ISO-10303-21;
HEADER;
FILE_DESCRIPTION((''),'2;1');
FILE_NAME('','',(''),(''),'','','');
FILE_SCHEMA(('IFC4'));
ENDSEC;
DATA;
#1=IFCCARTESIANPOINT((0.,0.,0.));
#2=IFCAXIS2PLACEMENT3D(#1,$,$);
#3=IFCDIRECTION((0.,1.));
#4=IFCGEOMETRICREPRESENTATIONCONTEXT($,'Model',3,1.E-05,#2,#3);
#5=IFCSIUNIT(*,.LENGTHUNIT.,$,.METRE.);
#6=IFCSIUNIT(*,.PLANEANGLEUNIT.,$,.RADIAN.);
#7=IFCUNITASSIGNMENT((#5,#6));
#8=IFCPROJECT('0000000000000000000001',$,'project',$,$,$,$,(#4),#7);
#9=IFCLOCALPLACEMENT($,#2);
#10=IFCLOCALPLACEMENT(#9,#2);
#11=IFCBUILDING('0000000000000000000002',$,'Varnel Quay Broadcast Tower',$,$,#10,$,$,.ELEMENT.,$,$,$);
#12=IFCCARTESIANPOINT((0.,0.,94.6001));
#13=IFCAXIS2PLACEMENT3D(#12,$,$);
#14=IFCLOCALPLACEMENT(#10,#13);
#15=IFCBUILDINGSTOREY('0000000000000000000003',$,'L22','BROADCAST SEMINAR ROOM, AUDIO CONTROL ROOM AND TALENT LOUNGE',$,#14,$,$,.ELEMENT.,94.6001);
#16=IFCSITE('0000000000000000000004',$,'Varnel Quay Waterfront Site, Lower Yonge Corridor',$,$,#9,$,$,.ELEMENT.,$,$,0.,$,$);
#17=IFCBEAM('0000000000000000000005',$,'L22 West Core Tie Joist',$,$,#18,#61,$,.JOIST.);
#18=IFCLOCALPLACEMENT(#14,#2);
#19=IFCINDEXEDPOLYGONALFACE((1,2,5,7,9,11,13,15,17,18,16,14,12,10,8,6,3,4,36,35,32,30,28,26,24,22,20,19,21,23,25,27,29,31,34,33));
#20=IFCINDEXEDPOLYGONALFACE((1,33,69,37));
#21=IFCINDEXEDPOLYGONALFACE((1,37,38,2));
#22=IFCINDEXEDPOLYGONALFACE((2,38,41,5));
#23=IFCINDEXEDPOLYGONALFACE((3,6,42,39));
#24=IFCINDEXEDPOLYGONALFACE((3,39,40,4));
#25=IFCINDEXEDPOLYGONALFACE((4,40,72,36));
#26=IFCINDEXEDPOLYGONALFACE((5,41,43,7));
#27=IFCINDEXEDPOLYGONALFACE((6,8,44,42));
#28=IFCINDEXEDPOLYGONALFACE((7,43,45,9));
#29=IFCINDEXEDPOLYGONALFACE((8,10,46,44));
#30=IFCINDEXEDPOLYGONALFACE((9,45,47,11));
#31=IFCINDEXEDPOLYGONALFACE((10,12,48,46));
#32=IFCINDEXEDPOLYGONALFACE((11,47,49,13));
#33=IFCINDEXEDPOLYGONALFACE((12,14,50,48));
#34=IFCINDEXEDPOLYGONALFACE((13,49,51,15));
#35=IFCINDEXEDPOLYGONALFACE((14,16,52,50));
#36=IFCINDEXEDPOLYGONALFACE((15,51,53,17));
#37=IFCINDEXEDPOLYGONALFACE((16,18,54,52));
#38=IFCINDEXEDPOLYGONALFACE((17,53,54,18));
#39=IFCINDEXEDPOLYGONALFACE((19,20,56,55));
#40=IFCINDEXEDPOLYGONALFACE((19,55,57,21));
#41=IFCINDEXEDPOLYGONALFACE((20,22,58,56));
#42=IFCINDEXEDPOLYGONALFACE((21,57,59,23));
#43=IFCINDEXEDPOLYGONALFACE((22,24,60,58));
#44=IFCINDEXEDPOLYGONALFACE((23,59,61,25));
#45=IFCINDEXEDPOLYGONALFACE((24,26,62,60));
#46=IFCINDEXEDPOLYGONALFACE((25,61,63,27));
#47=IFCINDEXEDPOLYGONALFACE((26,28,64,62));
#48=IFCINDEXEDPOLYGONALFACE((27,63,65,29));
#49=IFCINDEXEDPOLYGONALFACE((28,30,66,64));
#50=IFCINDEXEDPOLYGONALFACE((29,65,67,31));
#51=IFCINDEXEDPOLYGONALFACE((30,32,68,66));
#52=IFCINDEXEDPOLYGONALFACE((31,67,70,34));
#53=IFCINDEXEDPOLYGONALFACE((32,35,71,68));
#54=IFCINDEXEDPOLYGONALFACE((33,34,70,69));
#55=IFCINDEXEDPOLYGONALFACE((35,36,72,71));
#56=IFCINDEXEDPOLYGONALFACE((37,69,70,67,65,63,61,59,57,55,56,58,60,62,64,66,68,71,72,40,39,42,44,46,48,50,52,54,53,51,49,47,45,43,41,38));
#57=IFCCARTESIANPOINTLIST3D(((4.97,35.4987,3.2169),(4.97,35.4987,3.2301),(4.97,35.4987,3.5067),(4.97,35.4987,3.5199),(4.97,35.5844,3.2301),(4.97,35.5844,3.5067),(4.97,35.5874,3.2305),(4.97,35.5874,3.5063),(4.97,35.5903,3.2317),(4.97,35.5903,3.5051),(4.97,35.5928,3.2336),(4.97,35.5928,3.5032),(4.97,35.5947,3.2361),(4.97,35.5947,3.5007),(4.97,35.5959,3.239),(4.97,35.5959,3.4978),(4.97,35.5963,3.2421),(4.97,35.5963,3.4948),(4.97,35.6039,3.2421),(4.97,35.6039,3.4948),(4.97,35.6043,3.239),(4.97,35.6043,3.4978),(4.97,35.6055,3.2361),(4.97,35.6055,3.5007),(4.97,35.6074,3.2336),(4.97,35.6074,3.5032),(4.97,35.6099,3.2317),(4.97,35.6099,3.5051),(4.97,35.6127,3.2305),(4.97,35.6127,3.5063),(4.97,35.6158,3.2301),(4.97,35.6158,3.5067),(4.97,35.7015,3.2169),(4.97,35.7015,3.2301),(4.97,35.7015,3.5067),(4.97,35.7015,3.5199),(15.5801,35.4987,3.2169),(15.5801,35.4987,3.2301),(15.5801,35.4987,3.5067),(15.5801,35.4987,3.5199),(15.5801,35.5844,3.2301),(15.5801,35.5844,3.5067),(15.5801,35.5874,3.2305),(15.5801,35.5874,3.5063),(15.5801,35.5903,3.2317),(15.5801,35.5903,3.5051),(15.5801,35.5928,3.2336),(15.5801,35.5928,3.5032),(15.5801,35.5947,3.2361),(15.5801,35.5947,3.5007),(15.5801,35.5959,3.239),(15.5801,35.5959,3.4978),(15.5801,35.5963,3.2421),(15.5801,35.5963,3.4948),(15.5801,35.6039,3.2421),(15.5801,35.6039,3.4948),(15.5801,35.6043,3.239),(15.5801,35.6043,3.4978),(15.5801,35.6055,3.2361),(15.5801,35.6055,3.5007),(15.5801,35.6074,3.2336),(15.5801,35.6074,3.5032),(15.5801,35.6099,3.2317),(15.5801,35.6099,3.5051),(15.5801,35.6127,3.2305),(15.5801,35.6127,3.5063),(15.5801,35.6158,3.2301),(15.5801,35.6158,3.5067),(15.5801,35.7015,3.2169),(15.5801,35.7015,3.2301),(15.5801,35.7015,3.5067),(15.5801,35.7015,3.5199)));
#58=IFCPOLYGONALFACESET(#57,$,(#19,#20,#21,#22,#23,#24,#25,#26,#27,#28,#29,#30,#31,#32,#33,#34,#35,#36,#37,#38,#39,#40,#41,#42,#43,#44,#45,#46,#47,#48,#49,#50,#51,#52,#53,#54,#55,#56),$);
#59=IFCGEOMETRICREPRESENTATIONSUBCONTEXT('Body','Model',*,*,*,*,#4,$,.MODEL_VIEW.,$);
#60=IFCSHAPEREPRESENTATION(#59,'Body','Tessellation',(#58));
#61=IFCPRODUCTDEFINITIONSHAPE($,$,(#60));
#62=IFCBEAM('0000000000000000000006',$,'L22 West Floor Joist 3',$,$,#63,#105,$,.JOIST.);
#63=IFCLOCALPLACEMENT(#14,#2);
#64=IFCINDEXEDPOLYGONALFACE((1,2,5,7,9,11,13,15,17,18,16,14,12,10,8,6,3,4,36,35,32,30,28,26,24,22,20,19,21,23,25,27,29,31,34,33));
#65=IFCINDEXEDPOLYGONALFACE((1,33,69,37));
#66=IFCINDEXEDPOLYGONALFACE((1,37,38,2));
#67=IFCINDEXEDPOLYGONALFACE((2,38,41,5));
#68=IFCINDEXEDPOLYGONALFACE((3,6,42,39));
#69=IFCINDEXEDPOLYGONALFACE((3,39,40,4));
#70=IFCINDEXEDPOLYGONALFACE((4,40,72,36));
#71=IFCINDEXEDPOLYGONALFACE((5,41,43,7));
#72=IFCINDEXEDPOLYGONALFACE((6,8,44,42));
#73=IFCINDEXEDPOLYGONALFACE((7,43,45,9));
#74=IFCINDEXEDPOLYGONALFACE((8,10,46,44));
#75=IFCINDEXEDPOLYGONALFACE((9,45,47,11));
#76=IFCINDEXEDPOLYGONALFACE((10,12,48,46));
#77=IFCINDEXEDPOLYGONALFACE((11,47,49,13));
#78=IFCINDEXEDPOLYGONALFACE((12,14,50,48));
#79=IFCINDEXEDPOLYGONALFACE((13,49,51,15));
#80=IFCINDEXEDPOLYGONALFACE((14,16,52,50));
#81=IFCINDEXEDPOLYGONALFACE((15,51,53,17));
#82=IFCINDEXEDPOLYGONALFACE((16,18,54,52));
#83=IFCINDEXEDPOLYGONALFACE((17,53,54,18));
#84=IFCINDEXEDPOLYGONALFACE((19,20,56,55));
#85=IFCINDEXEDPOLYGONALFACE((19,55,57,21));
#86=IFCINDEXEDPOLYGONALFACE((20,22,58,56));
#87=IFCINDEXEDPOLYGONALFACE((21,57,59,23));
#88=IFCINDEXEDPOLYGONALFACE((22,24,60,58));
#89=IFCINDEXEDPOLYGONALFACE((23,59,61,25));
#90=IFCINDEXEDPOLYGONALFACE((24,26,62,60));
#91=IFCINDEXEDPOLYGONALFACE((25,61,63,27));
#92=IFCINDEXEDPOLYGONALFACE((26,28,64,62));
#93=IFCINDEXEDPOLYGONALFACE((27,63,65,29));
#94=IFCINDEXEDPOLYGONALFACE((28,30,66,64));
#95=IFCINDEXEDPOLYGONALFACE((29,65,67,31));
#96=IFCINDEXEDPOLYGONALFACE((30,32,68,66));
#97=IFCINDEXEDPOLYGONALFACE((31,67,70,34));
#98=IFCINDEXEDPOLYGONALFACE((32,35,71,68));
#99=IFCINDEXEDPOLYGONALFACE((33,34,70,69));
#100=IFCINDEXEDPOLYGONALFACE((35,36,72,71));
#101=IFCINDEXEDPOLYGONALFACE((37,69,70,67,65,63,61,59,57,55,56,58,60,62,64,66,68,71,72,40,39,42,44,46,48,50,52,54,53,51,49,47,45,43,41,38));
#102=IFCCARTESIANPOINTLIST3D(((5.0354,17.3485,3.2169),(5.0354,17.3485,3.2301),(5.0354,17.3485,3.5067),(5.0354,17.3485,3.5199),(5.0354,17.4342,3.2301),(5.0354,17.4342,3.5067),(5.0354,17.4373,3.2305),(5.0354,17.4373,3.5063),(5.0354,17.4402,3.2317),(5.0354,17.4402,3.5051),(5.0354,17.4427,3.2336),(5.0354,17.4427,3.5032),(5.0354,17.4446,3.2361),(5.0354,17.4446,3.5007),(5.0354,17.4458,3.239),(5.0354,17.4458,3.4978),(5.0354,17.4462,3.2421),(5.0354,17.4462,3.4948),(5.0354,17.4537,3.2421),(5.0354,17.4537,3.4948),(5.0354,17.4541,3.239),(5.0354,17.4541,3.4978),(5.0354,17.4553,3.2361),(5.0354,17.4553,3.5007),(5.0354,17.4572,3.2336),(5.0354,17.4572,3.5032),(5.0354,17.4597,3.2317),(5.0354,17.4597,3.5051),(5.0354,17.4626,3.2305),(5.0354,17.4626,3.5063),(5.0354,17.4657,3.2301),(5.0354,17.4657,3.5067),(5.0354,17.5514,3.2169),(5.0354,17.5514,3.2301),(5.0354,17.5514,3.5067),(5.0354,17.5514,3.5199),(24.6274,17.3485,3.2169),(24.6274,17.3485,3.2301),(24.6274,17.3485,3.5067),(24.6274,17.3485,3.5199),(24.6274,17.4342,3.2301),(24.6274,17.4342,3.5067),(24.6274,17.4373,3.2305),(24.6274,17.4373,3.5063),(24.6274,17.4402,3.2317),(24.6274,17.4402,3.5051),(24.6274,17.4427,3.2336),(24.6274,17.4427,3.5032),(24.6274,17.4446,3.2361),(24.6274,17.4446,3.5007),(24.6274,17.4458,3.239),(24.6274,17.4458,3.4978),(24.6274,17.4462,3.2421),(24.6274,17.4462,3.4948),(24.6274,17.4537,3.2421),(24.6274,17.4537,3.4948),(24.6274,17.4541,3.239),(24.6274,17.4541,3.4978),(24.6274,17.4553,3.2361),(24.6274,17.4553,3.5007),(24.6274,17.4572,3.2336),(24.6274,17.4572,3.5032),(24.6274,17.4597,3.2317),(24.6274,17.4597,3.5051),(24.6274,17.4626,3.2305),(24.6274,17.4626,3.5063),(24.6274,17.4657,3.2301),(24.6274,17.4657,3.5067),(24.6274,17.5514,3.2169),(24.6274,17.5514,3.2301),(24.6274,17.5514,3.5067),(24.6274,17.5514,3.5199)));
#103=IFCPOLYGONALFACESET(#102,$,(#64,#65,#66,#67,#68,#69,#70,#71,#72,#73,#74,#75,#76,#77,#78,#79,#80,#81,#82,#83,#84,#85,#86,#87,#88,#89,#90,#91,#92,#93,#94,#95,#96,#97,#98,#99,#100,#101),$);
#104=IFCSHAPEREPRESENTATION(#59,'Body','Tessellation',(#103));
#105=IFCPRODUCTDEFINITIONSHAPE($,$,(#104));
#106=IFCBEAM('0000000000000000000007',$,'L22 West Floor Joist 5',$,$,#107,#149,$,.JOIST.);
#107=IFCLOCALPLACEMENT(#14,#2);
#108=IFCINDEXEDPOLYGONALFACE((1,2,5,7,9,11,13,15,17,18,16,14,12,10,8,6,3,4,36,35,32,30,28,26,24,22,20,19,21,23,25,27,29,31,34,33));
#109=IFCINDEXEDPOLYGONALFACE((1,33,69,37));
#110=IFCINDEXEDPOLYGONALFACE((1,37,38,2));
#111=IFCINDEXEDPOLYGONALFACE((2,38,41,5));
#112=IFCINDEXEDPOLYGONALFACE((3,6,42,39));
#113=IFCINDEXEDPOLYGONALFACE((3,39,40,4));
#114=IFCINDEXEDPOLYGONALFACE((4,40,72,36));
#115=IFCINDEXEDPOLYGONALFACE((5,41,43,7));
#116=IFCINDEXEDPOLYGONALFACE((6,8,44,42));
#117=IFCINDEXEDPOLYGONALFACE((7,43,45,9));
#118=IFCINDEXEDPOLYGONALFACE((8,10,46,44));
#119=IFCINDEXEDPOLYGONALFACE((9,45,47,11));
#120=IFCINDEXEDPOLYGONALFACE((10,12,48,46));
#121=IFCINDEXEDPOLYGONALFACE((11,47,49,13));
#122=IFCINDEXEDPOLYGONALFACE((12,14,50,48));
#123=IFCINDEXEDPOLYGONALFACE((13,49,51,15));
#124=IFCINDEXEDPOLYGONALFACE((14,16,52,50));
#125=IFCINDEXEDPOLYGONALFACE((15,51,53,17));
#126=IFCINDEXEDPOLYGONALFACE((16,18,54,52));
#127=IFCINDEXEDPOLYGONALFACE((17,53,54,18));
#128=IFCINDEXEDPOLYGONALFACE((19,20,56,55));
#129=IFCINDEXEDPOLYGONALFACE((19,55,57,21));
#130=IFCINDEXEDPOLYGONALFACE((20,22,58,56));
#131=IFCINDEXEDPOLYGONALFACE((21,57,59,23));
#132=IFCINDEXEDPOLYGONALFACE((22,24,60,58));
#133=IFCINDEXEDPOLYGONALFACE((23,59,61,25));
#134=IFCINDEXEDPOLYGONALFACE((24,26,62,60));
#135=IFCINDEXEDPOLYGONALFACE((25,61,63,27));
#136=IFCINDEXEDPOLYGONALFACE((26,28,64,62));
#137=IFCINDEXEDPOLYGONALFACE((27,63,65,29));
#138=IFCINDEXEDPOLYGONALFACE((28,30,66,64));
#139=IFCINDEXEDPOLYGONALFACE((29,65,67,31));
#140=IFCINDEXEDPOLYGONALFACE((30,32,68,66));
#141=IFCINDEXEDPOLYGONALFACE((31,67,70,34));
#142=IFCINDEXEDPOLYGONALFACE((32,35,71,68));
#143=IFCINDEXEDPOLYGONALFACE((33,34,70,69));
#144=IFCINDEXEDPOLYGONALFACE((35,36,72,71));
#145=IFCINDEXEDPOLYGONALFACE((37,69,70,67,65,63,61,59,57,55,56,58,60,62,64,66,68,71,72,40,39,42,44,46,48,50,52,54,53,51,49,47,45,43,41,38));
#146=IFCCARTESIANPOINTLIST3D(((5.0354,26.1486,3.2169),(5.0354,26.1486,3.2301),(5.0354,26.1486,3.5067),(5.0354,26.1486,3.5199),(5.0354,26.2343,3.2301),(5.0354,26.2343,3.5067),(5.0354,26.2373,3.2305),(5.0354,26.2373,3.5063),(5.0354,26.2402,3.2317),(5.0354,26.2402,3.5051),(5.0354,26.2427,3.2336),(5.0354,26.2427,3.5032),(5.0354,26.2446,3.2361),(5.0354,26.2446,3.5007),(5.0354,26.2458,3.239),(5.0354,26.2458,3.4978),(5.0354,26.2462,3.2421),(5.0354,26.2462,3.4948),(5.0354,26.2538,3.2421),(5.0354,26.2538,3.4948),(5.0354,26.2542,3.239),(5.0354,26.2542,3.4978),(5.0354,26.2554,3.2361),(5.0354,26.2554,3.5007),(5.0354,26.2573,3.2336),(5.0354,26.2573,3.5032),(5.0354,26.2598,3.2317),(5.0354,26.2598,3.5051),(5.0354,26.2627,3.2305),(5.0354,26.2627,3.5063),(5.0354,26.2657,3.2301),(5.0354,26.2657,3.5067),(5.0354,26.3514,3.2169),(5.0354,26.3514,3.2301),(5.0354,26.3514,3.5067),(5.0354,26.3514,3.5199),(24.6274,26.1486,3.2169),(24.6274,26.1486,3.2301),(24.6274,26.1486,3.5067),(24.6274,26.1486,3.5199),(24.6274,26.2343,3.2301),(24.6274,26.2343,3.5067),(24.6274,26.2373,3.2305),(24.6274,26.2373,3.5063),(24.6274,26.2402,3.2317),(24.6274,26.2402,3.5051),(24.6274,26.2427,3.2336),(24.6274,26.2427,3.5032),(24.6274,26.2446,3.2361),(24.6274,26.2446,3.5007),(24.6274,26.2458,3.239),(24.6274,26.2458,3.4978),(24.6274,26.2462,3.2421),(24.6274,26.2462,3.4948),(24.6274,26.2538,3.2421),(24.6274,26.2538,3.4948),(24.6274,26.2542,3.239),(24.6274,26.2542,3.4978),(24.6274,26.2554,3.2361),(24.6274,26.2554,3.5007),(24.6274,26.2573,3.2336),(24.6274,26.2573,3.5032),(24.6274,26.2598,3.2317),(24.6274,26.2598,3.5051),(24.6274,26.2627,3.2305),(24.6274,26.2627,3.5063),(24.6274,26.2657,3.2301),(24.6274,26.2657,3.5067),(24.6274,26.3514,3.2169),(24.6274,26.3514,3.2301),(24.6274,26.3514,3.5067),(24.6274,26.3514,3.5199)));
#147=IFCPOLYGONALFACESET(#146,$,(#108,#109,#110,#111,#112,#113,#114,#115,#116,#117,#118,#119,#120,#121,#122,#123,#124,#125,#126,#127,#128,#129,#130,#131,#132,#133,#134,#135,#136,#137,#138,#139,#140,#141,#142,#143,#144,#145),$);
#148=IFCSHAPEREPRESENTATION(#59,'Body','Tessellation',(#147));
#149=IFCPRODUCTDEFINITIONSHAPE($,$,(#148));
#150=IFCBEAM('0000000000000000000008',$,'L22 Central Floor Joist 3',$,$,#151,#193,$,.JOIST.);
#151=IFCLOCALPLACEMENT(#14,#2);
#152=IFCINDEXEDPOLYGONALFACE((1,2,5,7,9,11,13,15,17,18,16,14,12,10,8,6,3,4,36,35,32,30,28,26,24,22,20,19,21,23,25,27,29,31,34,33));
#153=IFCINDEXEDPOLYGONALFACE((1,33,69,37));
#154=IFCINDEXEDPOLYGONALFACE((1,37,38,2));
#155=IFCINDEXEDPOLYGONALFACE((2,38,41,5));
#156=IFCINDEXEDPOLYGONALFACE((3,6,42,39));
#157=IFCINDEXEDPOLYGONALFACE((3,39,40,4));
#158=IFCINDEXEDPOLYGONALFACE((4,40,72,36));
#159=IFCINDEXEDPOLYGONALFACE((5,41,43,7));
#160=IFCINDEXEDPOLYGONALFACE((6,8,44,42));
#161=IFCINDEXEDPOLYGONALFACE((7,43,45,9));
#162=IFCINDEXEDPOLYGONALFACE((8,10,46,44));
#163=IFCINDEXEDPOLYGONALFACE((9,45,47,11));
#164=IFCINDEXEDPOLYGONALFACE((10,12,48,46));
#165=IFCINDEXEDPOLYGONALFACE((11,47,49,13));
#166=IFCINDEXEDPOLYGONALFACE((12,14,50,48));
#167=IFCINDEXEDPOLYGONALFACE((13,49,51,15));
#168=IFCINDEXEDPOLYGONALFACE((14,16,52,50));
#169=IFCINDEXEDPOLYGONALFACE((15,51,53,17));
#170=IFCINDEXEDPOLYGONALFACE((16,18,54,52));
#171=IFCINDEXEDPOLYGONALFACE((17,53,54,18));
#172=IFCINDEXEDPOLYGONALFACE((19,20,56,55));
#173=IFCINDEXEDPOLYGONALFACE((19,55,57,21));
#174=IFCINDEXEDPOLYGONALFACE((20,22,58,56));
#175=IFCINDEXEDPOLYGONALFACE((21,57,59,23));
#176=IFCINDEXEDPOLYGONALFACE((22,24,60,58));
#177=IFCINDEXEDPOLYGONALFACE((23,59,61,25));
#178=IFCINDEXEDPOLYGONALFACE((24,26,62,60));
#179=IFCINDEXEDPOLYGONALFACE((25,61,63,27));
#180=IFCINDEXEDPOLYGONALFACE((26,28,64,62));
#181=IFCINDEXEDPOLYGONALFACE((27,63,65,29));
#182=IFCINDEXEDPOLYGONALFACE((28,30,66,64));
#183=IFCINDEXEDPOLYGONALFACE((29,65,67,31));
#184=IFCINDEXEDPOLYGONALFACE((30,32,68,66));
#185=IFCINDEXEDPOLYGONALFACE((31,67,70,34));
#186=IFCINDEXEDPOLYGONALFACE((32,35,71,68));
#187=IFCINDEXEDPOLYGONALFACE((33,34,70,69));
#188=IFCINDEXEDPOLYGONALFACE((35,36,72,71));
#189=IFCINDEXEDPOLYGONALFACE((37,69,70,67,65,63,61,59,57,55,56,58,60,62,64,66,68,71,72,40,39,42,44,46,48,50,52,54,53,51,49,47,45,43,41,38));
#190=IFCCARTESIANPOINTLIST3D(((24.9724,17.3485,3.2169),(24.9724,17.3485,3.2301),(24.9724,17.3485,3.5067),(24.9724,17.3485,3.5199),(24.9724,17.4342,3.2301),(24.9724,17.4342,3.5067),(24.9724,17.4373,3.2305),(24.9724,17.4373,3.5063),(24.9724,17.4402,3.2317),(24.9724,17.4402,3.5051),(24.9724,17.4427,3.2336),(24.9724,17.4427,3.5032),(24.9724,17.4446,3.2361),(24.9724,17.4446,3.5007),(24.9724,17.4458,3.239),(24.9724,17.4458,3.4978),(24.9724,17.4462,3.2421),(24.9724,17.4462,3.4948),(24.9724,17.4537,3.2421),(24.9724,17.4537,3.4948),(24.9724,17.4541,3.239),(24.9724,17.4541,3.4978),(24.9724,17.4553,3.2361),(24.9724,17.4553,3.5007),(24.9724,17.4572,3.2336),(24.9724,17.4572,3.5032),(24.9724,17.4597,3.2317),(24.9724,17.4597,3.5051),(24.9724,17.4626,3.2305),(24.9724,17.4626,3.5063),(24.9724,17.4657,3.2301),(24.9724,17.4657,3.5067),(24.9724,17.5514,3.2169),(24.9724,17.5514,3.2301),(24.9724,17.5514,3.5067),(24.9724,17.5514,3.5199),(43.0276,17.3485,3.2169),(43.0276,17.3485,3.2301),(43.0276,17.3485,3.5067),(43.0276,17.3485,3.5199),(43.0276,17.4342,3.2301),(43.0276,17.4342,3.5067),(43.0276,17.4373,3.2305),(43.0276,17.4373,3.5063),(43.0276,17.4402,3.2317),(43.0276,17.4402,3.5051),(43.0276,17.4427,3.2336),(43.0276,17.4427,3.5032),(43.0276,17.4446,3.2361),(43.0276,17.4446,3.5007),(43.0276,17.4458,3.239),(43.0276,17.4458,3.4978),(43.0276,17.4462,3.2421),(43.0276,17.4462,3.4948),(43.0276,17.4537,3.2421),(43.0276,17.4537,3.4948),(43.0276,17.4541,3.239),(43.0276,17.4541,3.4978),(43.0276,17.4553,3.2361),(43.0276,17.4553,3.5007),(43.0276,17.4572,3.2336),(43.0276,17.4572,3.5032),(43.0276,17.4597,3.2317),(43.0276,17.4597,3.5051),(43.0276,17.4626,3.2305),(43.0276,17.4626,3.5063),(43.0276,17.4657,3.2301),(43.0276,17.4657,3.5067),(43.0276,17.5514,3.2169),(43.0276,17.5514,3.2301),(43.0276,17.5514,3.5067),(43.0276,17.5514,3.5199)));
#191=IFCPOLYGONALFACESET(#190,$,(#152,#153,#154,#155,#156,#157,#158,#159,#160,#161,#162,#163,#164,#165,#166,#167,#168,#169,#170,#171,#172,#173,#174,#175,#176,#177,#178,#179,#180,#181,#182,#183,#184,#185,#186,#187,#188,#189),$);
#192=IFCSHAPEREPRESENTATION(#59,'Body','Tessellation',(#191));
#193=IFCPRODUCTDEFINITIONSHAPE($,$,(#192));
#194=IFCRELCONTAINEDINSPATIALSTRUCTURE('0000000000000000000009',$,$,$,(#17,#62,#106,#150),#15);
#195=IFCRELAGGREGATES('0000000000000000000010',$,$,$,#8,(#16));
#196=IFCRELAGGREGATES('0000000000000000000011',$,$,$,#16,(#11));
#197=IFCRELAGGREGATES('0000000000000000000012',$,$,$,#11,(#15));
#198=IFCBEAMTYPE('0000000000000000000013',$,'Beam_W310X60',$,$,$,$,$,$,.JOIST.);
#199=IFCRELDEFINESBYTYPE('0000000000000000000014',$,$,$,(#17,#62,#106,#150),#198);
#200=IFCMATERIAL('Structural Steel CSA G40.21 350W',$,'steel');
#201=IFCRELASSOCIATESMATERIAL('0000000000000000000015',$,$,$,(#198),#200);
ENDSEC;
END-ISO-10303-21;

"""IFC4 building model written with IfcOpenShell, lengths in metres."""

from ifc_helpers import new_model, si_unit, direction, frame, origin, origin_2d, place, context, subcontext, project, spatial, i_section, extrude, source, transform, mapped, material, material_profile, profile_set, type_object, type_shapes, element, save


model = new_model("IFC4")

# Units and contexts
model_context = context("Model", 3, precision=1e-05, world=origin(), true_north=direction((0.0, 1.0)))
body_context = subcontext(model_context, "Body", "Model", "MODEL_VIEW")
ifc_project = project(units=[si_unit("LENGTHUNIT", "METRE"), si_unit("PLANEANGLEUNIT", "RADIAN")], contexts=[model_context])

# Site, building, storey
site_placement = place(None, origin())
site = spatial("IfcSite", under=ifc_project, at=site_placement, Name="Varnel Quay Waterfront Site, Lower Yonge Corridor", CompositionType="ELEMENT", RefElevation=0.0)
building_placement = place(site_placement, origin())
building = spatial("IfcBuilding", under=site, at=building_placement, Name="Varnel Quay Broadcast Tower", CompositionType="ELEMENT")
storey_placement = place(building_placement, frame((0.0, 0.0, 94.6001)))
storey = spatial("IfcBuildingStorey", under=building, at=storey_placement, Name="L22", Description="BROADCAST SEMINAR ROOM, AUDIO CONTROL ROOM AND TALENT LOUNGE", CompositionType="ELEMENT", Elevation=94.6001)

# Shared definitions
ifc_material_1 = material(Name="Structural Steel CSA G40.21 350W", Category="steel")

# Beams
ifc_material_profile_1 = material_profile(ifc_material_1, i_section(OverallWidth=0.2029, OverallDepth=0.303, WebThickness=0.0076, FlangeThickness=0.0132, FilletRadius=0.012, at=origin_2d()), Name="W310X60")
ifc_profile_set_1 = profile_set([ifc_material_profile_1], Name="Structural Steel CSA G40.21 350W")
beam_type_1 = type_object("IfcBeamType", Name="Beam_W310X60", PredefinedType="JOIST", material=ifc_profile_set_1)
shared_shape_1 = source(origin(), body_context, "Body", "SweptSolid", [
    extrude(i_section(OverallWidth=0.2029, OverallDepth=0.303, WebThickness=0.0076, FlangeThickness=0.0132, FilletRadius=0.012, at=origin_2d()), origin(), (0.0, 0.0, 1.0), 10.6101),
])
beam_1_placement = place(storey_placement, frame((4.97, 35.6001, 3.3684), z_axis=(1.0, 0.0, 0.0), x_axis=(0.0, 1.0, 0.0)))
element("IfcBeam", 1, at=beam_1_placement, inside=storey, type_object=beam_type_1, Name="L22 West Core Tie Joist", PredefinedType="JOIST", context=body_context, shape_type="MappedRepresentation", body=[
    mapped(shared_shape_1, transform((0.0, 0.0, 0.0), x_axis=(1.0, 0.0, 0.0), y_axis=(0.0, 1.0, 0.0), z_axis=(0.0, 0.0, 1.0), scale=1.0)),
])
shared_shape_2 = source(origin(), body_context, "Body", "SweptSolid", [
    extrude(i_section(OverallWidth=0.2029, OverallDepth=0.303, WebThickness=0.0076, FlangeThickness=0.0132, FilletRadius=0.012, at=origin_2d()), origin(), (0.0, 0.0, 1.0), 19.592),
])
for number, where, z_axis, x_axis, name in (
    (2, (5.0354, 17.45, 3.3684), (1.0, 0.0, 0.0), (0.0, 1.0, 0.0), "L22 West Floor Joist 3"),
    (3, (5.0354, 26.25, 3.3684), (1.0, 0.0, 0.0), (0.0, 1.0, 0.0), "L22 West Floor Joist 5"),
):
    element("IfcBeam", number, at=place(storey_placement, frame(where, z_axis=z_axis, x_axis=x_axis)), inside=storey, type_object=beam_type_1, Name=name, PredefinedType="JOIST", context=body_context, shape_type="MappedRepresentation", body=[
        mapped(shared_shape_2, transform((0.0, 0.0, 0.0), x_axis=(1.0, 0.0, 0.0), y_axis=(0.0, 1.0, 0.0), z_axis=(0.0, 0.0, 1.0), scale=1.0)),
    ])
shared_shape_3 = source(origin(), body_context, "Body", "SweptSolid", [
    extrude(i_section(OverallWidth=0.2029, OverallDepth=0.303, WebThickness=0.0076, FlangeThickness=0.0132, FilletRadius=0.012, at=origin_2d()), origin(), (0.0, 0.0, 1.0), 18.0552),
])
type_shapes(beam_type_1, [shared_shape_1, shared_shape_2, shared_shape_3])
for number, where, z_axis, x_axis, name in (
    (4, (24.9724, 17.45, 3.3684), (1.0, 0.0, 0.0), (0.0, 1.0, 0.0), "L22 Central Floor Joist 3"),
):
    element("IfcBeam", number, at=place(storey_placement, frame(where, z_axis=z_axis, x_axis=x_axis)), inside=storey, type_object=beam_type_1, Name=name, PredefinedType="JOIST", context=body_context, shape_type="MappedRepresentation", body=[
        mapped(shared_shape_3, transform((0.0, 0.0, 0.0), x_axis=(1.0, 0.0, 0.0), y_axis=(0.0, 1.0, 0.0), z_axis=(0.0, 0.0, 1.0), scale=1.0)),
    ])

save(model, "model.ifc")
